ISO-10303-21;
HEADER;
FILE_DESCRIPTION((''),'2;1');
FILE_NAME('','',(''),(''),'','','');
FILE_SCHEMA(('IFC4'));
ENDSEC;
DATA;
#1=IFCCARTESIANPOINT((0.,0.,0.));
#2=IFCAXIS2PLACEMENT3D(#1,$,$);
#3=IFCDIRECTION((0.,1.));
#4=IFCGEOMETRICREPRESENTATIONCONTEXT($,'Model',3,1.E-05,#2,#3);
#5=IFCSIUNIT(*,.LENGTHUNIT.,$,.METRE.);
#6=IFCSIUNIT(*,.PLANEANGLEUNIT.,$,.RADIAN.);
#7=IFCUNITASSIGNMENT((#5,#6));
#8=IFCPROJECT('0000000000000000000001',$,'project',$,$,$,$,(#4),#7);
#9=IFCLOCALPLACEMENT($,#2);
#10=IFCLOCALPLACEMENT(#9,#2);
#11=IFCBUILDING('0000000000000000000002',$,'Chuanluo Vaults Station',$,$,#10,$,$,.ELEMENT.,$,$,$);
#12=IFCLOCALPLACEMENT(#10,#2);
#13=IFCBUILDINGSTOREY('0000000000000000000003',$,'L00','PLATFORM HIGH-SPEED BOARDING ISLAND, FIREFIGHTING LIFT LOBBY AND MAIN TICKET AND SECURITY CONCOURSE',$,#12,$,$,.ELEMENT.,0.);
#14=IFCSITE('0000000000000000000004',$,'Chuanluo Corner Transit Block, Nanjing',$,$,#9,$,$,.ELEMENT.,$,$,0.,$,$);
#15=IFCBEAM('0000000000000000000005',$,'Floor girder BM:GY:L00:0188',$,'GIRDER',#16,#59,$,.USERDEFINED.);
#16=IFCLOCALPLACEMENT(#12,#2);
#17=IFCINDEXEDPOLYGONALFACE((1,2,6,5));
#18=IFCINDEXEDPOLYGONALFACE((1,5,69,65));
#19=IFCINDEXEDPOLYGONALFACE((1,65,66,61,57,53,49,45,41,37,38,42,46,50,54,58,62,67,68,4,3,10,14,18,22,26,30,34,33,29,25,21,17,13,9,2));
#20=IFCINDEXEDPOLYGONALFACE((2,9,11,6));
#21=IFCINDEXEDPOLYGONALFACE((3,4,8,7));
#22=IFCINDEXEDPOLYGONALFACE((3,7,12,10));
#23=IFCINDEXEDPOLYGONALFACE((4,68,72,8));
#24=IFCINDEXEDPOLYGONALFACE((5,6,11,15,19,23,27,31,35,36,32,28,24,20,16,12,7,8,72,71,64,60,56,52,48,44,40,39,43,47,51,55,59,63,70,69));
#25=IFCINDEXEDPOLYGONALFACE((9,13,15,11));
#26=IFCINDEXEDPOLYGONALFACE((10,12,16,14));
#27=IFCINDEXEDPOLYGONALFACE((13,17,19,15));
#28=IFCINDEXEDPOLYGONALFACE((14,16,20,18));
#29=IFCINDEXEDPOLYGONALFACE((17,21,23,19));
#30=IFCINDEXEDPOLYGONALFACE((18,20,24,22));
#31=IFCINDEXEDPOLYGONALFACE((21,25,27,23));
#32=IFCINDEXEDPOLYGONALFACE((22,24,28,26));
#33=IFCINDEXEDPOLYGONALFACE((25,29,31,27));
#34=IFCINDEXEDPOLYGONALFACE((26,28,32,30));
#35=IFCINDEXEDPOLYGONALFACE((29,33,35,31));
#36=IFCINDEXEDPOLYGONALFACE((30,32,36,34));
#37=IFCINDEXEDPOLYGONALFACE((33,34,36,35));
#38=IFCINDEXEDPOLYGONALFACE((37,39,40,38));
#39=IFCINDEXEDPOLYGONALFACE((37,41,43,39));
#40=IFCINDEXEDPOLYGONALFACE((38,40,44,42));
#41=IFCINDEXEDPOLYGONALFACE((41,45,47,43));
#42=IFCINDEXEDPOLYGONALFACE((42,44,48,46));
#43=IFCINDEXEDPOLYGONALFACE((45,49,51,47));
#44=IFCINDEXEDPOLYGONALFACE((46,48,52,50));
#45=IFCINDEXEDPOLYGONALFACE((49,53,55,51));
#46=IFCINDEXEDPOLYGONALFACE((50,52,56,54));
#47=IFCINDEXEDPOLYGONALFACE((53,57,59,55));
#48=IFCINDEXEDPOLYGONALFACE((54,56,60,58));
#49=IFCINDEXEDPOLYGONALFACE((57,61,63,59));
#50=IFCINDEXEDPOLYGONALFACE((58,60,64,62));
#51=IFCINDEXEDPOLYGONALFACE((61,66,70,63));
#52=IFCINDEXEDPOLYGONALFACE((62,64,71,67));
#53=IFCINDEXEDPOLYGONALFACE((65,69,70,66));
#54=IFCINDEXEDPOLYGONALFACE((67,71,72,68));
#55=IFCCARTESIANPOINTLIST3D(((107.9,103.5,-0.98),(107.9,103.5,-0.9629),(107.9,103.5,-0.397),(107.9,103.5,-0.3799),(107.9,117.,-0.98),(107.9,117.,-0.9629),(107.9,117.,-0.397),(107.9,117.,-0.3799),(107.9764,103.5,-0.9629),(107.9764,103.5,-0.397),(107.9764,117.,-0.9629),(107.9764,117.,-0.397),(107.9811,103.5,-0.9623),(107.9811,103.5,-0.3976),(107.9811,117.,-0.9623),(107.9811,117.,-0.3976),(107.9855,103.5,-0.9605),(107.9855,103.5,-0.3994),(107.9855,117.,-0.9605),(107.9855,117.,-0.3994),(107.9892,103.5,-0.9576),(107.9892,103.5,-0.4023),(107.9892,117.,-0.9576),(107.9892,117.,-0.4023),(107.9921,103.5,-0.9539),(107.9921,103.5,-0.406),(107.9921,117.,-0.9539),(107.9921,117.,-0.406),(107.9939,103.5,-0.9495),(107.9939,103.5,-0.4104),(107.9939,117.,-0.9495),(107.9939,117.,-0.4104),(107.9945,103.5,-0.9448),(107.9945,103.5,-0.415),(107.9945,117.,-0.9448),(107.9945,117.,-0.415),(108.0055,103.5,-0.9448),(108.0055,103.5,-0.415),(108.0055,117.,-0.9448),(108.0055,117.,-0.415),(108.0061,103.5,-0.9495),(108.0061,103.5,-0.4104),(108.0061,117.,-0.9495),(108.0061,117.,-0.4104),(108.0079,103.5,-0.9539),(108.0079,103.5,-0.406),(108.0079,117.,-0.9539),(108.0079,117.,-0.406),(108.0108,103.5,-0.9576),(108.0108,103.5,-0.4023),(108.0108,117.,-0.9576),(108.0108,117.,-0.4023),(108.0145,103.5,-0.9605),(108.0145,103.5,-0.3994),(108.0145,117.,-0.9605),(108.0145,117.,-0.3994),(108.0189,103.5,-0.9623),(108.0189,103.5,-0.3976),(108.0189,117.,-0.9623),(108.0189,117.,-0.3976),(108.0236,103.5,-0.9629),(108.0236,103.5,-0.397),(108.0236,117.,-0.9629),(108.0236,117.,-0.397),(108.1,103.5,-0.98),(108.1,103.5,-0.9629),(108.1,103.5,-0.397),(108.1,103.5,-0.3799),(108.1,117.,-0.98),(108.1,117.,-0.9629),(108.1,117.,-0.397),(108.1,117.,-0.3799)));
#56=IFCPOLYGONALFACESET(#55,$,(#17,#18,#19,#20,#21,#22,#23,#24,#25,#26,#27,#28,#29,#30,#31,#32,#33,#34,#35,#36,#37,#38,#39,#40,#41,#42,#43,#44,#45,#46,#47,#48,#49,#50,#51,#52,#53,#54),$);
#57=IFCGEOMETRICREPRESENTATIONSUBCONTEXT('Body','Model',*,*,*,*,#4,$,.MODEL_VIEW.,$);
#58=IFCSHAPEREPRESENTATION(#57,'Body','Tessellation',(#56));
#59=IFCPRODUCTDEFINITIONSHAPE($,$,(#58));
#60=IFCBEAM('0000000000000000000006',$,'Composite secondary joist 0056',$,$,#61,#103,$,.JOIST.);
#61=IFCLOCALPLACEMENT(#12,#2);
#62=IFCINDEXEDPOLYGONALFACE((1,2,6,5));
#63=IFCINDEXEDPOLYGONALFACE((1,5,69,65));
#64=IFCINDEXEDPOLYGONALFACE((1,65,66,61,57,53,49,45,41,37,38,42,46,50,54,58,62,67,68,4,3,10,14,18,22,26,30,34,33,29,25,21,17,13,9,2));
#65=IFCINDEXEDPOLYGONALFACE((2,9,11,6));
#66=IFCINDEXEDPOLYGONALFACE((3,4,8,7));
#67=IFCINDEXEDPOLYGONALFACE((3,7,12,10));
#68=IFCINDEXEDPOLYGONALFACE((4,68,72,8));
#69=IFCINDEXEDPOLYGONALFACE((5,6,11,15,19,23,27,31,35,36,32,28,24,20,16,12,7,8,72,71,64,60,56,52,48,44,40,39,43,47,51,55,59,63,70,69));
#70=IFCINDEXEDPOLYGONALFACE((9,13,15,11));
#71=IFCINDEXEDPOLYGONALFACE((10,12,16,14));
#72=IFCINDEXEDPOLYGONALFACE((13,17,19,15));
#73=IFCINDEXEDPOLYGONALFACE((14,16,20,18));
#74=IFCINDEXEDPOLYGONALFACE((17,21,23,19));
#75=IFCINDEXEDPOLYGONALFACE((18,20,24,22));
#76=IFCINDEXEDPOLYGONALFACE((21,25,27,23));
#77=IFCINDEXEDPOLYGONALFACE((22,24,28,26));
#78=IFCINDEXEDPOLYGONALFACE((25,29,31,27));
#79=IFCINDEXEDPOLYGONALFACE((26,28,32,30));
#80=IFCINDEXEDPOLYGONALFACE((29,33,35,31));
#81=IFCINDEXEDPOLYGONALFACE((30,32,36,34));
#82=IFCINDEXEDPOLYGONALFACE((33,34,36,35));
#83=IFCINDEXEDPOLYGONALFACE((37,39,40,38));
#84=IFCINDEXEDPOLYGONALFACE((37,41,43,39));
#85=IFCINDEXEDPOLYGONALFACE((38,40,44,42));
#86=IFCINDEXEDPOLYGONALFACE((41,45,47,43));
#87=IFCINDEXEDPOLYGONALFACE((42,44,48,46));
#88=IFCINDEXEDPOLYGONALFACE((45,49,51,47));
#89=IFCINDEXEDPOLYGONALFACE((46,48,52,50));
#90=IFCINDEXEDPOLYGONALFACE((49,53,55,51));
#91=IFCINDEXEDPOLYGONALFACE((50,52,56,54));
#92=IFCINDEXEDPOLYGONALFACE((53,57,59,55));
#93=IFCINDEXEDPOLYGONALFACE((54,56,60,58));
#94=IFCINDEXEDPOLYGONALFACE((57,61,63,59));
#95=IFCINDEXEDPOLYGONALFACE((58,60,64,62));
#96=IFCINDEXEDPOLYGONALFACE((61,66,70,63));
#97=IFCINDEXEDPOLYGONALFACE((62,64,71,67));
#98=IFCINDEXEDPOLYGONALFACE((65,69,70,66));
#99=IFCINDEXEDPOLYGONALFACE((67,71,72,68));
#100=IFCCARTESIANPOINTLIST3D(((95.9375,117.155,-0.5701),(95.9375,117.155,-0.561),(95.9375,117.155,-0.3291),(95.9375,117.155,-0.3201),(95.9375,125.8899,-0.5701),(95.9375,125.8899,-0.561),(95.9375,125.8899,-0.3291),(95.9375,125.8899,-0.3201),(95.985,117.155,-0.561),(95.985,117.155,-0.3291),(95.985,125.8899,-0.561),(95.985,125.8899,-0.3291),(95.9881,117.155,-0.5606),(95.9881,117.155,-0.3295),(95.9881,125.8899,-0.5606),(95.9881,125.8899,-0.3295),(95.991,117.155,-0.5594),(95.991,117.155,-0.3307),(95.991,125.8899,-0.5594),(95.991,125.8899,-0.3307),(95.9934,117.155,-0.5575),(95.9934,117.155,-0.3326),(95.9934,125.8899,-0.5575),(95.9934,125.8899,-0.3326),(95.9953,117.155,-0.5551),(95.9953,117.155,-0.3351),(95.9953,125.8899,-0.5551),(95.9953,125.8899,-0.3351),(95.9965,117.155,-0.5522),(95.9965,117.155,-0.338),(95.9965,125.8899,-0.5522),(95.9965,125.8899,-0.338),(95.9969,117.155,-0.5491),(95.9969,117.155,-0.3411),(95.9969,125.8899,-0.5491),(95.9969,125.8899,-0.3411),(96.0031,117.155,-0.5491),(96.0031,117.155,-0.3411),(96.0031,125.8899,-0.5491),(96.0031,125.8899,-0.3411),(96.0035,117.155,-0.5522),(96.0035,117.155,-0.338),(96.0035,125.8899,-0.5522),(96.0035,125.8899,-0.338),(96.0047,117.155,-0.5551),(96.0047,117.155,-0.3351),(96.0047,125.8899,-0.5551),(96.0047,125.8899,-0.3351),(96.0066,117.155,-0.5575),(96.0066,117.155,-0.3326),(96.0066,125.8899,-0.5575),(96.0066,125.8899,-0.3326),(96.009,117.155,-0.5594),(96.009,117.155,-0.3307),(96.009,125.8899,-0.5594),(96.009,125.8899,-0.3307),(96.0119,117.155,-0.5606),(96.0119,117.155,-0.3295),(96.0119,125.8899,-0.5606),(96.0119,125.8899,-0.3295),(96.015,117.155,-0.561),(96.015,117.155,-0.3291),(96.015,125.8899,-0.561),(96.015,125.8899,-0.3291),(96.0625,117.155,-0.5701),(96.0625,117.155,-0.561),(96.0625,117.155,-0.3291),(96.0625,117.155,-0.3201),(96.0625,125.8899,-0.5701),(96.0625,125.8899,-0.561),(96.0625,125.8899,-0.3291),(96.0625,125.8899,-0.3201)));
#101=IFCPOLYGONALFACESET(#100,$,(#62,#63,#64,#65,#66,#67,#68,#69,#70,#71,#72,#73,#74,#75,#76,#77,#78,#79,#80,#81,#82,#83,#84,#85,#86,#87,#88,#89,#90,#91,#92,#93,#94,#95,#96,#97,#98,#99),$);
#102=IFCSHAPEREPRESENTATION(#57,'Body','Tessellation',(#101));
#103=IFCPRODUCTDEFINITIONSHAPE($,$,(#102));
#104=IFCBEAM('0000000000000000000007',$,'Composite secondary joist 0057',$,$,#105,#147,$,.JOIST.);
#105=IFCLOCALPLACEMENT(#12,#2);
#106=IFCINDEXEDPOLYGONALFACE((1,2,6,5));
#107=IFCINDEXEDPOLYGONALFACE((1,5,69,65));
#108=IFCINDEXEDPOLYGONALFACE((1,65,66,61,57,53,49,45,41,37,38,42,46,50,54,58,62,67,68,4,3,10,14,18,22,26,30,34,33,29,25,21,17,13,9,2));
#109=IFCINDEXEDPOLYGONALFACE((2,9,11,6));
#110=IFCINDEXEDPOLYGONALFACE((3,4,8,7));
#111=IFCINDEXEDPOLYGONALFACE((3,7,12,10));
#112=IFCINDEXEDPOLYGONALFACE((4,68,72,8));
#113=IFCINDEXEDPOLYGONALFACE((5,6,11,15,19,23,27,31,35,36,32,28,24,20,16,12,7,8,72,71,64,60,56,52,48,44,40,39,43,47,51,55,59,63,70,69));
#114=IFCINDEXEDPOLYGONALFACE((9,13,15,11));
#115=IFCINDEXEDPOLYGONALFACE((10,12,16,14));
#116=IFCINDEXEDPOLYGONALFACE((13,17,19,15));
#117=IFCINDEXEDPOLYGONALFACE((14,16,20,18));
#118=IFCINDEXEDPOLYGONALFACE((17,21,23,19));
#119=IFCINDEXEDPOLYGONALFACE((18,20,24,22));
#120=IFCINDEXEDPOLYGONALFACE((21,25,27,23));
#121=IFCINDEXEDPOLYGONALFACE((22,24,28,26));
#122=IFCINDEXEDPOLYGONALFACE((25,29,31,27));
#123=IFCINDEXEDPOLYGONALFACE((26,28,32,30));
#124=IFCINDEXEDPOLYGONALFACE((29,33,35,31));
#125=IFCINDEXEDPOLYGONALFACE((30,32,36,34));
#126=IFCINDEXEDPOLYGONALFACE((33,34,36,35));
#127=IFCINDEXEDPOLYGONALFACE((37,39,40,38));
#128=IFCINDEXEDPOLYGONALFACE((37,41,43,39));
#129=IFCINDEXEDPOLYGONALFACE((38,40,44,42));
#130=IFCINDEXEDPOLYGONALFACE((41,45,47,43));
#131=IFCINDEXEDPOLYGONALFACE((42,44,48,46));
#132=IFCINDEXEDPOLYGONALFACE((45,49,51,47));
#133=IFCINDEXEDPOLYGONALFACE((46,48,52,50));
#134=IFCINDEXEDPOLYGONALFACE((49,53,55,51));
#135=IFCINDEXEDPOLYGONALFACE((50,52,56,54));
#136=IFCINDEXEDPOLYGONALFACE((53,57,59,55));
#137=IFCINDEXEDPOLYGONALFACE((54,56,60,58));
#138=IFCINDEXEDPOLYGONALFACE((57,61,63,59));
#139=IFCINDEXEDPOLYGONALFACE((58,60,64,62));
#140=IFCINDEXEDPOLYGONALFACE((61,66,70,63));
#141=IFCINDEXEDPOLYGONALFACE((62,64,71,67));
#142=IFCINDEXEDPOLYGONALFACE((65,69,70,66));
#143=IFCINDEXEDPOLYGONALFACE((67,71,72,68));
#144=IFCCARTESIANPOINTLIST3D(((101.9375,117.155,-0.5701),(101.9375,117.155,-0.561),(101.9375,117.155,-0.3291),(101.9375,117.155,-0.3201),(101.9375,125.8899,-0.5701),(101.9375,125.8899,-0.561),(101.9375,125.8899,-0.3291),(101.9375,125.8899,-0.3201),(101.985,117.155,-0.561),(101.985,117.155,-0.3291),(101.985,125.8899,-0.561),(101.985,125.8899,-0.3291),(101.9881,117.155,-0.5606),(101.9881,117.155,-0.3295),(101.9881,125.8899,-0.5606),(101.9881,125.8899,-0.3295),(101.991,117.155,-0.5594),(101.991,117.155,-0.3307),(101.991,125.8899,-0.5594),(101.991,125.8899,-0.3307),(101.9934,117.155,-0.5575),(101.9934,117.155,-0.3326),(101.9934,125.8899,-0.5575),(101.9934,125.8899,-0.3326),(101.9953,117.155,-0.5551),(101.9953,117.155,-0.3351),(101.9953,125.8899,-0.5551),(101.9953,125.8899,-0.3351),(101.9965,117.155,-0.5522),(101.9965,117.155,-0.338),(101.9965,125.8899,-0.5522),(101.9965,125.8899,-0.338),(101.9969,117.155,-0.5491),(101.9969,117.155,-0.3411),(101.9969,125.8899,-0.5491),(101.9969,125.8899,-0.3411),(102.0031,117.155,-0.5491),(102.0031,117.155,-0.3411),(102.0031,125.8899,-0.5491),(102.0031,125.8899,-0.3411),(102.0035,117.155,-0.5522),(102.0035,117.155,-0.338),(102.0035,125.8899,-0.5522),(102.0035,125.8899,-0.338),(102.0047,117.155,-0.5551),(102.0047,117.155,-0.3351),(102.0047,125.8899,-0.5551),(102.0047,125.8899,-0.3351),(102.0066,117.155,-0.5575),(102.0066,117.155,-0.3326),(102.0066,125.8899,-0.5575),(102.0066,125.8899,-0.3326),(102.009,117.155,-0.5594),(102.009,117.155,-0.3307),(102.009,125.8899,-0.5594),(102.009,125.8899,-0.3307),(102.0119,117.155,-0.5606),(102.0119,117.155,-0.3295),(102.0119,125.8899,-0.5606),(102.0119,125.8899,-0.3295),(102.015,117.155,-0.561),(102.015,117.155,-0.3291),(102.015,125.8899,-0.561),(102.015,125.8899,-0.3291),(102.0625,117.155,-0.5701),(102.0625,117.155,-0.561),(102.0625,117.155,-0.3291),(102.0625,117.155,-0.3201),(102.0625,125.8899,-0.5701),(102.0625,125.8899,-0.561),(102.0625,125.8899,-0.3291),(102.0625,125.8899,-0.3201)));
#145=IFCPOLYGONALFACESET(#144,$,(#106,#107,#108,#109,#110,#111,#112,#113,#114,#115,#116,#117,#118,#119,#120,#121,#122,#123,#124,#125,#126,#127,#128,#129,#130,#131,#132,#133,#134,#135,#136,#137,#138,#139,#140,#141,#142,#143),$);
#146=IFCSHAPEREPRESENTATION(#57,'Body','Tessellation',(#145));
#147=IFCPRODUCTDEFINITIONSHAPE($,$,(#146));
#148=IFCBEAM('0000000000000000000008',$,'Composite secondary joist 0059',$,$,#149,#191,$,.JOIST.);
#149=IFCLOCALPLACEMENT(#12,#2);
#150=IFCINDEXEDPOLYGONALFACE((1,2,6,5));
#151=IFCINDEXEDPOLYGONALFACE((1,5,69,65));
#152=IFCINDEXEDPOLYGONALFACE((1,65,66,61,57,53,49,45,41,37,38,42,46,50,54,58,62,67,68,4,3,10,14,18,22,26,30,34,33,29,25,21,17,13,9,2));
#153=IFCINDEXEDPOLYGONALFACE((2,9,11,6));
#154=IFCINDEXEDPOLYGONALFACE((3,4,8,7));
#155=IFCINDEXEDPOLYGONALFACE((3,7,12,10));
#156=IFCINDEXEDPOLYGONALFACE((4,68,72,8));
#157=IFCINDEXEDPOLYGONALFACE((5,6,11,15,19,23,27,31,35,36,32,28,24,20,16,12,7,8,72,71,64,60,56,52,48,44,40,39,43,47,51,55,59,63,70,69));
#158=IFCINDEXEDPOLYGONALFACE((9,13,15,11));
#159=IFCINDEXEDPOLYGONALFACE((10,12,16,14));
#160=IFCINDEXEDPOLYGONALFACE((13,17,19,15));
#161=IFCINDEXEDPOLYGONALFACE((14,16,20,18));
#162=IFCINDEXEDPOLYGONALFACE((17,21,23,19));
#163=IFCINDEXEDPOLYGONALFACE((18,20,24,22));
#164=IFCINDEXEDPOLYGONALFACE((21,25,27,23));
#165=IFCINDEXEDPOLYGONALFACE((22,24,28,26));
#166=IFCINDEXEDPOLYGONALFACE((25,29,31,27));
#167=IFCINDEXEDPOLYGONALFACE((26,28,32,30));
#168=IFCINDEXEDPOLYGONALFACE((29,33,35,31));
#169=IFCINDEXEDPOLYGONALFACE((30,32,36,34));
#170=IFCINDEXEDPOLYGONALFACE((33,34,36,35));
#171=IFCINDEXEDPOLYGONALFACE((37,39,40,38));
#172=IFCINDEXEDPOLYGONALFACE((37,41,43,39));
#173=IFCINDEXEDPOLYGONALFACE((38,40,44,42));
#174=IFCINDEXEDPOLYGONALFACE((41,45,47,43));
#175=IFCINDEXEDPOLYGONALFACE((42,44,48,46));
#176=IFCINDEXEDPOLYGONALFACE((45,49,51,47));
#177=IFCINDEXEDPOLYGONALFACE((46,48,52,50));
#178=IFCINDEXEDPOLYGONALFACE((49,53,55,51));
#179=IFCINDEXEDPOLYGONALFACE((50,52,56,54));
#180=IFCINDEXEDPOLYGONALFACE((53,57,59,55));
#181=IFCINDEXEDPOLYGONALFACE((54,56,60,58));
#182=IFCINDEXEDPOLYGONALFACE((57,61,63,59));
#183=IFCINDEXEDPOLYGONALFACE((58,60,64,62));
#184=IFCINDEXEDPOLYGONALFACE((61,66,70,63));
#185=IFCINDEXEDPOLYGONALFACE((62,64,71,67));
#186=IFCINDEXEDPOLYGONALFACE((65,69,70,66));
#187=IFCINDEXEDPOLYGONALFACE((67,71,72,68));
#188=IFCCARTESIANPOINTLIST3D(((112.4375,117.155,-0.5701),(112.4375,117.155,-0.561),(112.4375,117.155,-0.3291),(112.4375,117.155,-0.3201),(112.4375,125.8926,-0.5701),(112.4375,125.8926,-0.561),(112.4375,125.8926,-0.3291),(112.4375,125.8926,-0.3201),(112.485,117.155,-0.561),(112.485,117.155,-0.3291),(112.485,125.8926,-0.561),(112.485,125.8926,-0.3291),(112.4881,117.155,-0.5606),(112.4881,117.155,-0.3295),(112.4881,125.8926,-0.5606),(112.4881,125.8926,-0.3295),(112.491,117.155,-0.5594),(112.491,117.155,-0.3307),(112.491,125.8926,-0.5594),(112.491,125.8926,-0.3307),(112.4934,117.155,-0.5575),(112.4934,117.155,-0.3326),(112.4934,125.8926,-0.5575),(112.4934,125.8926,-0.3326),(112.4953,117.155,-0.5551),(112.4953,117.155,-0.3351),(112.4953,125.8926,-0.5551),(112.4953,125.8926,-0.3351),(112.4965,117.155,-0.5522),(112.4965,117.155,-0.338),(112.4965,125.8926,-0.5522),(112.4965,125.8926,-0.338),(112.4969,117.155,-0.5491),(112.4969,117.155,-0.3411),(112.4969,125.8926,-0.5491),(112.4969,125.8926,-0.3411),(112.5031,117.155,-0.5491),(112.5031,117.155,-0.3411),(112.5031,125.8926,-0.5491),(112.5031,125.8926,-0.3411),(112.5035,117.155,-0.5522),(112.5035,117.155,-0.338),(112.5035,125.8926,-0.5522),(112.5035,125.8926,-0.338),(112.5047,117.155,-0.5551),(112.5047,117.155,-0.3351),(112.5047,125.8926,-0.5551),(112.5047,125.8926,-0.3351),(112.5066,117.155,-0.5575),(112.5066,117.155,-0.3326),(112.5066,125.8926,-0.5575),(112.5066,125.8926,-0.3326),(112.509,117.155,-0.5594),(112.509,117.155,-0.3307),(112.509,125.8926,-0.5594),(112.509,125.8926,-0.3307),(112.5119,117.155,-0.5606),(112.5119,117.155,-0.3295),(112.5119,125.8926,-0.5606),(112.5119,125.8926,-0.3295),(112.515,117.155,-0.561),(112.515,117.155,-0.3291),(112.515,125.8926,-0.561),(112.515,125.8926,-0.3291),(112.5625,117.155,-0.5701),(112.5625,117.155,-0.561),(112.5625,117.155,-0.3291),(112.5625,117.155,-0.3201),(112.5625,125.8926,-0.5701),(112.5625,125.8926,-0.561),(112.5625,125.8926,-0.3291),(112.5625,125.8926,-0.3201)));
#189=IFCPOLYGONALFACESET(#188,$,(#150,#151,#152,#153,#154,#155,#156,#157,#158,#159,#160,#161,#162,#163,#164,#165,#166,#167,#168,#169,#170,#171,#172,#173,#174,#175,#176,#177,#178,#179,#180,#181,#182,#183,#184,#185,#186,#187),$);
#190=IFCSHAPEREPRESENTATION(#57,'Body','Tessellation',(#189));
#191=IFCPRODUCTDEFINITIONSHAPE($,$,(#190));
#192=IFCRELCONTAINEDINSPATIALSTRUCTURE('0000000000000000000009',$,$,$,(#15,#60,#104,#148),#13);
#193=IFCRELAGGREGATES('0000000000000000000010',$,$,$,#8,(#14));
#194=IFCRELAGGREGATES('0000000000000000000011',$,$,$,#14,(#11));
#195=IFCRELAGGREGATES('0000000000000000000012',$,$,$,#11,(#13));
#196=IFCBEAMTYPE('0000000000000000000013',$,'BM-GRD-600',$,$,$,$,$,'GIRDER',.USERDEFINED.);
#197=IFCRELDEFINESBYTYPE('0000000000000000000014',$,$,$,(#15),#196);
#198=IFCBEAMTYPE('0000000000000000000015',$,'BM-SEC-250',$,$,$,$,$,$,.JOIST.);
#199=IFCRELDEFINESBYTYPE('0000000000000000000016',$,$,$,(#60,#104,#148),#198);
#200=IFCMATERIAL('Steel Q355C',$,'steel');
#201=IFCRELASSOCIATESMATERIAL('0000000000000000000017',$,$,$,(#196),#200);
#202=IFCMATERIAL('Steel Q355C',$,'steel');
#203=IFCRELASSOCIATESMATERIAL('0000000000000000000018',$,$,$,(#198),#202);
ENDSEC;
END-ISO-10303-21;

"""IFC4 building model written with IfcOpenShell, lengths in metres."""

from ifc_helpers import new_model, si_unit, direction, frame, origin, origin_2d, place, context, subcontext, project, spatial, i_section, extrude, material, material_profile, profile_set, type_object, element, save


model = new_model("IFC4")

# Units and contexts
model_context = context("Model", 3, precision=1e-05, world=origin(), true_north=direction((0.0, 1.0)))
body_context = subcontext(model_context, "Body", "Model", "MODEL_VIEW")
ifc_project = project(units=[si_unit("LENGTHUNIT", "METRE"), si_unit("PLANEANGLEUNIT", "RADIAN")], contexts=[model_context])

# Site, building, storey
site_placement = place(None, origin())
site = spatial("IfcSite", under=ifc_project, at=site_placement, Name="Chuanluo Corner Transit Block, Nanjing", CompositionType="ELEMENT", RefElevation=0.0)
building_placement = place(site_placement, origin())
building = spatial("IfcBuilding", under=site, at=building_placement, Name="Chuanluo Vaults Station", CompositionType="ELEMENT")
storey_placement = place(building_placement, origin())
storey = spatial("IfcBuildingStorey", under=building, at=storey_placement, Name="L00", Description="PLATFORM HIGH-SPEED BOARDING ISLAND, FIREFIGHTING LIFT LOBBY AND MAIN TICKET AND SECURITY CONCOURSE", CompositionType="ELEMENT", Elevation=0.0)

# Beams
ifc_material_1 = material(Name="Steel Q355C", Category="steel")
ifc_material_profile_1 = material_profile(ifc_material_1, i_section(OverallWidth=0.2, OverallDepth=0.6001, WebThickness=0.011, FlangeThickness=0.0171, FilletRadius=0.0181, at=origin_2d()))
ifc_profile_set_1 = profile_set([ifc_material_profile_1], Name="Steel Q355C")
beam_type_1 = type_object("IfcBeamType", Name="BM-GRD-600", ElementType="GIRDER", PredefinedType="USERDEFINED", material=ifc_profile_set_1)
beam_1_placement = place(storey_placement, frame((108.0, 103.5, -0.6799), z_axis=(0.0, 1.0, 0.0), x_axis=(-1.0, 0.0, 0.0)))
element("IfcBeam", 1, at=beam_1_placement, inside=storey, type_object=beam_type_1, Name="Floor girder BM:GY:L00:0188", ObjectType="GIRDER", PredefinedType="USERDEFINED", context=body_context, shape_type="SweptSolid", body=[
    extrude(i_section(OverallWidth=0.2, OverallDepth=0.6001, WebThickness=0.011, FlangeThickness=0.0171, FilletRadius=0.0181, at=origin_2d()), origin(), (0.0, 0.0, 1.0), 13.5),
])
ifc_material_2 = material(Name="Steel Q355C", Category="steel")
ifc_material_profile_2 = material_profile(ifc_material_2, i_section(OverallWidth=0.125, OverallDepth=0.25, WebThickness=0.0061, FlangeThickness=0.009, FilletRadius=0.012, at=origin_2d()))
ifc_profile_set_2 = profile_set([ifc_material_profile_2], Name="Steel Q355C")
beam_type_2 = type_object("IfcBeamType", Name="BM-SEC-250", PredefinedType="JOIST", material=ifc_profile_set_2)
for number, where, z_axis, x_axis, name in (
    (2, (96.0, 117.155, -0.4451), (0.0, 1.0, 0.0), (-1.0, 0.0, 0.0), "Composite secondary joist 0056"),
    (3, (102.0, 117.155, -0.4451), (0.0, 1.0, 0.0), (-1.0, 0.0, 0.0), "Composite secondary joist 0057"),
):
    element("IfcBeam", number, at=place(storey_placement, frame(where, z_axis=z_axis, x_axis=x_axis)), inside=storey, type_object=beam_type_2, Name=name, PredefinedType="JOIST", context=body_context, shape_type="SweptSolid", body=[
        extrude(i_section(OverallWidth=0.125, OverallDepth=0.25, WebThickness=0.0061, FlangeThickness=0.009, FilletRadius=0.012, at=origin_2d()), origin(), (0.0, 0.0, 1.0), 8.7349),
    ])
beam_2_placement = place(storey_placement, frame((112.5, 117.155, -0.4451), z_axis=(0.0, 1.0, 0.0), x_axis=(-1.0, 0.0, 0.0)))
element("IfcBeam", 4, at=beam_2_placement, inside=storey, type_object=beam_type_2, Name="Composite secondary joist 0059", PredefinedType="JOIST", context=body_context, shape_type="SweptSolid", body=[
    extrude(i_section(OverallWidth=0.125, OverallDepth=0.25, WebThickness=0.0061, FlangeThickness=0.009, FilletRadius=0.012, at=origin_2d()), origin(), (0.0, 0.0, 1.0), 8.7375),
])

save(model, "model.ifc")
